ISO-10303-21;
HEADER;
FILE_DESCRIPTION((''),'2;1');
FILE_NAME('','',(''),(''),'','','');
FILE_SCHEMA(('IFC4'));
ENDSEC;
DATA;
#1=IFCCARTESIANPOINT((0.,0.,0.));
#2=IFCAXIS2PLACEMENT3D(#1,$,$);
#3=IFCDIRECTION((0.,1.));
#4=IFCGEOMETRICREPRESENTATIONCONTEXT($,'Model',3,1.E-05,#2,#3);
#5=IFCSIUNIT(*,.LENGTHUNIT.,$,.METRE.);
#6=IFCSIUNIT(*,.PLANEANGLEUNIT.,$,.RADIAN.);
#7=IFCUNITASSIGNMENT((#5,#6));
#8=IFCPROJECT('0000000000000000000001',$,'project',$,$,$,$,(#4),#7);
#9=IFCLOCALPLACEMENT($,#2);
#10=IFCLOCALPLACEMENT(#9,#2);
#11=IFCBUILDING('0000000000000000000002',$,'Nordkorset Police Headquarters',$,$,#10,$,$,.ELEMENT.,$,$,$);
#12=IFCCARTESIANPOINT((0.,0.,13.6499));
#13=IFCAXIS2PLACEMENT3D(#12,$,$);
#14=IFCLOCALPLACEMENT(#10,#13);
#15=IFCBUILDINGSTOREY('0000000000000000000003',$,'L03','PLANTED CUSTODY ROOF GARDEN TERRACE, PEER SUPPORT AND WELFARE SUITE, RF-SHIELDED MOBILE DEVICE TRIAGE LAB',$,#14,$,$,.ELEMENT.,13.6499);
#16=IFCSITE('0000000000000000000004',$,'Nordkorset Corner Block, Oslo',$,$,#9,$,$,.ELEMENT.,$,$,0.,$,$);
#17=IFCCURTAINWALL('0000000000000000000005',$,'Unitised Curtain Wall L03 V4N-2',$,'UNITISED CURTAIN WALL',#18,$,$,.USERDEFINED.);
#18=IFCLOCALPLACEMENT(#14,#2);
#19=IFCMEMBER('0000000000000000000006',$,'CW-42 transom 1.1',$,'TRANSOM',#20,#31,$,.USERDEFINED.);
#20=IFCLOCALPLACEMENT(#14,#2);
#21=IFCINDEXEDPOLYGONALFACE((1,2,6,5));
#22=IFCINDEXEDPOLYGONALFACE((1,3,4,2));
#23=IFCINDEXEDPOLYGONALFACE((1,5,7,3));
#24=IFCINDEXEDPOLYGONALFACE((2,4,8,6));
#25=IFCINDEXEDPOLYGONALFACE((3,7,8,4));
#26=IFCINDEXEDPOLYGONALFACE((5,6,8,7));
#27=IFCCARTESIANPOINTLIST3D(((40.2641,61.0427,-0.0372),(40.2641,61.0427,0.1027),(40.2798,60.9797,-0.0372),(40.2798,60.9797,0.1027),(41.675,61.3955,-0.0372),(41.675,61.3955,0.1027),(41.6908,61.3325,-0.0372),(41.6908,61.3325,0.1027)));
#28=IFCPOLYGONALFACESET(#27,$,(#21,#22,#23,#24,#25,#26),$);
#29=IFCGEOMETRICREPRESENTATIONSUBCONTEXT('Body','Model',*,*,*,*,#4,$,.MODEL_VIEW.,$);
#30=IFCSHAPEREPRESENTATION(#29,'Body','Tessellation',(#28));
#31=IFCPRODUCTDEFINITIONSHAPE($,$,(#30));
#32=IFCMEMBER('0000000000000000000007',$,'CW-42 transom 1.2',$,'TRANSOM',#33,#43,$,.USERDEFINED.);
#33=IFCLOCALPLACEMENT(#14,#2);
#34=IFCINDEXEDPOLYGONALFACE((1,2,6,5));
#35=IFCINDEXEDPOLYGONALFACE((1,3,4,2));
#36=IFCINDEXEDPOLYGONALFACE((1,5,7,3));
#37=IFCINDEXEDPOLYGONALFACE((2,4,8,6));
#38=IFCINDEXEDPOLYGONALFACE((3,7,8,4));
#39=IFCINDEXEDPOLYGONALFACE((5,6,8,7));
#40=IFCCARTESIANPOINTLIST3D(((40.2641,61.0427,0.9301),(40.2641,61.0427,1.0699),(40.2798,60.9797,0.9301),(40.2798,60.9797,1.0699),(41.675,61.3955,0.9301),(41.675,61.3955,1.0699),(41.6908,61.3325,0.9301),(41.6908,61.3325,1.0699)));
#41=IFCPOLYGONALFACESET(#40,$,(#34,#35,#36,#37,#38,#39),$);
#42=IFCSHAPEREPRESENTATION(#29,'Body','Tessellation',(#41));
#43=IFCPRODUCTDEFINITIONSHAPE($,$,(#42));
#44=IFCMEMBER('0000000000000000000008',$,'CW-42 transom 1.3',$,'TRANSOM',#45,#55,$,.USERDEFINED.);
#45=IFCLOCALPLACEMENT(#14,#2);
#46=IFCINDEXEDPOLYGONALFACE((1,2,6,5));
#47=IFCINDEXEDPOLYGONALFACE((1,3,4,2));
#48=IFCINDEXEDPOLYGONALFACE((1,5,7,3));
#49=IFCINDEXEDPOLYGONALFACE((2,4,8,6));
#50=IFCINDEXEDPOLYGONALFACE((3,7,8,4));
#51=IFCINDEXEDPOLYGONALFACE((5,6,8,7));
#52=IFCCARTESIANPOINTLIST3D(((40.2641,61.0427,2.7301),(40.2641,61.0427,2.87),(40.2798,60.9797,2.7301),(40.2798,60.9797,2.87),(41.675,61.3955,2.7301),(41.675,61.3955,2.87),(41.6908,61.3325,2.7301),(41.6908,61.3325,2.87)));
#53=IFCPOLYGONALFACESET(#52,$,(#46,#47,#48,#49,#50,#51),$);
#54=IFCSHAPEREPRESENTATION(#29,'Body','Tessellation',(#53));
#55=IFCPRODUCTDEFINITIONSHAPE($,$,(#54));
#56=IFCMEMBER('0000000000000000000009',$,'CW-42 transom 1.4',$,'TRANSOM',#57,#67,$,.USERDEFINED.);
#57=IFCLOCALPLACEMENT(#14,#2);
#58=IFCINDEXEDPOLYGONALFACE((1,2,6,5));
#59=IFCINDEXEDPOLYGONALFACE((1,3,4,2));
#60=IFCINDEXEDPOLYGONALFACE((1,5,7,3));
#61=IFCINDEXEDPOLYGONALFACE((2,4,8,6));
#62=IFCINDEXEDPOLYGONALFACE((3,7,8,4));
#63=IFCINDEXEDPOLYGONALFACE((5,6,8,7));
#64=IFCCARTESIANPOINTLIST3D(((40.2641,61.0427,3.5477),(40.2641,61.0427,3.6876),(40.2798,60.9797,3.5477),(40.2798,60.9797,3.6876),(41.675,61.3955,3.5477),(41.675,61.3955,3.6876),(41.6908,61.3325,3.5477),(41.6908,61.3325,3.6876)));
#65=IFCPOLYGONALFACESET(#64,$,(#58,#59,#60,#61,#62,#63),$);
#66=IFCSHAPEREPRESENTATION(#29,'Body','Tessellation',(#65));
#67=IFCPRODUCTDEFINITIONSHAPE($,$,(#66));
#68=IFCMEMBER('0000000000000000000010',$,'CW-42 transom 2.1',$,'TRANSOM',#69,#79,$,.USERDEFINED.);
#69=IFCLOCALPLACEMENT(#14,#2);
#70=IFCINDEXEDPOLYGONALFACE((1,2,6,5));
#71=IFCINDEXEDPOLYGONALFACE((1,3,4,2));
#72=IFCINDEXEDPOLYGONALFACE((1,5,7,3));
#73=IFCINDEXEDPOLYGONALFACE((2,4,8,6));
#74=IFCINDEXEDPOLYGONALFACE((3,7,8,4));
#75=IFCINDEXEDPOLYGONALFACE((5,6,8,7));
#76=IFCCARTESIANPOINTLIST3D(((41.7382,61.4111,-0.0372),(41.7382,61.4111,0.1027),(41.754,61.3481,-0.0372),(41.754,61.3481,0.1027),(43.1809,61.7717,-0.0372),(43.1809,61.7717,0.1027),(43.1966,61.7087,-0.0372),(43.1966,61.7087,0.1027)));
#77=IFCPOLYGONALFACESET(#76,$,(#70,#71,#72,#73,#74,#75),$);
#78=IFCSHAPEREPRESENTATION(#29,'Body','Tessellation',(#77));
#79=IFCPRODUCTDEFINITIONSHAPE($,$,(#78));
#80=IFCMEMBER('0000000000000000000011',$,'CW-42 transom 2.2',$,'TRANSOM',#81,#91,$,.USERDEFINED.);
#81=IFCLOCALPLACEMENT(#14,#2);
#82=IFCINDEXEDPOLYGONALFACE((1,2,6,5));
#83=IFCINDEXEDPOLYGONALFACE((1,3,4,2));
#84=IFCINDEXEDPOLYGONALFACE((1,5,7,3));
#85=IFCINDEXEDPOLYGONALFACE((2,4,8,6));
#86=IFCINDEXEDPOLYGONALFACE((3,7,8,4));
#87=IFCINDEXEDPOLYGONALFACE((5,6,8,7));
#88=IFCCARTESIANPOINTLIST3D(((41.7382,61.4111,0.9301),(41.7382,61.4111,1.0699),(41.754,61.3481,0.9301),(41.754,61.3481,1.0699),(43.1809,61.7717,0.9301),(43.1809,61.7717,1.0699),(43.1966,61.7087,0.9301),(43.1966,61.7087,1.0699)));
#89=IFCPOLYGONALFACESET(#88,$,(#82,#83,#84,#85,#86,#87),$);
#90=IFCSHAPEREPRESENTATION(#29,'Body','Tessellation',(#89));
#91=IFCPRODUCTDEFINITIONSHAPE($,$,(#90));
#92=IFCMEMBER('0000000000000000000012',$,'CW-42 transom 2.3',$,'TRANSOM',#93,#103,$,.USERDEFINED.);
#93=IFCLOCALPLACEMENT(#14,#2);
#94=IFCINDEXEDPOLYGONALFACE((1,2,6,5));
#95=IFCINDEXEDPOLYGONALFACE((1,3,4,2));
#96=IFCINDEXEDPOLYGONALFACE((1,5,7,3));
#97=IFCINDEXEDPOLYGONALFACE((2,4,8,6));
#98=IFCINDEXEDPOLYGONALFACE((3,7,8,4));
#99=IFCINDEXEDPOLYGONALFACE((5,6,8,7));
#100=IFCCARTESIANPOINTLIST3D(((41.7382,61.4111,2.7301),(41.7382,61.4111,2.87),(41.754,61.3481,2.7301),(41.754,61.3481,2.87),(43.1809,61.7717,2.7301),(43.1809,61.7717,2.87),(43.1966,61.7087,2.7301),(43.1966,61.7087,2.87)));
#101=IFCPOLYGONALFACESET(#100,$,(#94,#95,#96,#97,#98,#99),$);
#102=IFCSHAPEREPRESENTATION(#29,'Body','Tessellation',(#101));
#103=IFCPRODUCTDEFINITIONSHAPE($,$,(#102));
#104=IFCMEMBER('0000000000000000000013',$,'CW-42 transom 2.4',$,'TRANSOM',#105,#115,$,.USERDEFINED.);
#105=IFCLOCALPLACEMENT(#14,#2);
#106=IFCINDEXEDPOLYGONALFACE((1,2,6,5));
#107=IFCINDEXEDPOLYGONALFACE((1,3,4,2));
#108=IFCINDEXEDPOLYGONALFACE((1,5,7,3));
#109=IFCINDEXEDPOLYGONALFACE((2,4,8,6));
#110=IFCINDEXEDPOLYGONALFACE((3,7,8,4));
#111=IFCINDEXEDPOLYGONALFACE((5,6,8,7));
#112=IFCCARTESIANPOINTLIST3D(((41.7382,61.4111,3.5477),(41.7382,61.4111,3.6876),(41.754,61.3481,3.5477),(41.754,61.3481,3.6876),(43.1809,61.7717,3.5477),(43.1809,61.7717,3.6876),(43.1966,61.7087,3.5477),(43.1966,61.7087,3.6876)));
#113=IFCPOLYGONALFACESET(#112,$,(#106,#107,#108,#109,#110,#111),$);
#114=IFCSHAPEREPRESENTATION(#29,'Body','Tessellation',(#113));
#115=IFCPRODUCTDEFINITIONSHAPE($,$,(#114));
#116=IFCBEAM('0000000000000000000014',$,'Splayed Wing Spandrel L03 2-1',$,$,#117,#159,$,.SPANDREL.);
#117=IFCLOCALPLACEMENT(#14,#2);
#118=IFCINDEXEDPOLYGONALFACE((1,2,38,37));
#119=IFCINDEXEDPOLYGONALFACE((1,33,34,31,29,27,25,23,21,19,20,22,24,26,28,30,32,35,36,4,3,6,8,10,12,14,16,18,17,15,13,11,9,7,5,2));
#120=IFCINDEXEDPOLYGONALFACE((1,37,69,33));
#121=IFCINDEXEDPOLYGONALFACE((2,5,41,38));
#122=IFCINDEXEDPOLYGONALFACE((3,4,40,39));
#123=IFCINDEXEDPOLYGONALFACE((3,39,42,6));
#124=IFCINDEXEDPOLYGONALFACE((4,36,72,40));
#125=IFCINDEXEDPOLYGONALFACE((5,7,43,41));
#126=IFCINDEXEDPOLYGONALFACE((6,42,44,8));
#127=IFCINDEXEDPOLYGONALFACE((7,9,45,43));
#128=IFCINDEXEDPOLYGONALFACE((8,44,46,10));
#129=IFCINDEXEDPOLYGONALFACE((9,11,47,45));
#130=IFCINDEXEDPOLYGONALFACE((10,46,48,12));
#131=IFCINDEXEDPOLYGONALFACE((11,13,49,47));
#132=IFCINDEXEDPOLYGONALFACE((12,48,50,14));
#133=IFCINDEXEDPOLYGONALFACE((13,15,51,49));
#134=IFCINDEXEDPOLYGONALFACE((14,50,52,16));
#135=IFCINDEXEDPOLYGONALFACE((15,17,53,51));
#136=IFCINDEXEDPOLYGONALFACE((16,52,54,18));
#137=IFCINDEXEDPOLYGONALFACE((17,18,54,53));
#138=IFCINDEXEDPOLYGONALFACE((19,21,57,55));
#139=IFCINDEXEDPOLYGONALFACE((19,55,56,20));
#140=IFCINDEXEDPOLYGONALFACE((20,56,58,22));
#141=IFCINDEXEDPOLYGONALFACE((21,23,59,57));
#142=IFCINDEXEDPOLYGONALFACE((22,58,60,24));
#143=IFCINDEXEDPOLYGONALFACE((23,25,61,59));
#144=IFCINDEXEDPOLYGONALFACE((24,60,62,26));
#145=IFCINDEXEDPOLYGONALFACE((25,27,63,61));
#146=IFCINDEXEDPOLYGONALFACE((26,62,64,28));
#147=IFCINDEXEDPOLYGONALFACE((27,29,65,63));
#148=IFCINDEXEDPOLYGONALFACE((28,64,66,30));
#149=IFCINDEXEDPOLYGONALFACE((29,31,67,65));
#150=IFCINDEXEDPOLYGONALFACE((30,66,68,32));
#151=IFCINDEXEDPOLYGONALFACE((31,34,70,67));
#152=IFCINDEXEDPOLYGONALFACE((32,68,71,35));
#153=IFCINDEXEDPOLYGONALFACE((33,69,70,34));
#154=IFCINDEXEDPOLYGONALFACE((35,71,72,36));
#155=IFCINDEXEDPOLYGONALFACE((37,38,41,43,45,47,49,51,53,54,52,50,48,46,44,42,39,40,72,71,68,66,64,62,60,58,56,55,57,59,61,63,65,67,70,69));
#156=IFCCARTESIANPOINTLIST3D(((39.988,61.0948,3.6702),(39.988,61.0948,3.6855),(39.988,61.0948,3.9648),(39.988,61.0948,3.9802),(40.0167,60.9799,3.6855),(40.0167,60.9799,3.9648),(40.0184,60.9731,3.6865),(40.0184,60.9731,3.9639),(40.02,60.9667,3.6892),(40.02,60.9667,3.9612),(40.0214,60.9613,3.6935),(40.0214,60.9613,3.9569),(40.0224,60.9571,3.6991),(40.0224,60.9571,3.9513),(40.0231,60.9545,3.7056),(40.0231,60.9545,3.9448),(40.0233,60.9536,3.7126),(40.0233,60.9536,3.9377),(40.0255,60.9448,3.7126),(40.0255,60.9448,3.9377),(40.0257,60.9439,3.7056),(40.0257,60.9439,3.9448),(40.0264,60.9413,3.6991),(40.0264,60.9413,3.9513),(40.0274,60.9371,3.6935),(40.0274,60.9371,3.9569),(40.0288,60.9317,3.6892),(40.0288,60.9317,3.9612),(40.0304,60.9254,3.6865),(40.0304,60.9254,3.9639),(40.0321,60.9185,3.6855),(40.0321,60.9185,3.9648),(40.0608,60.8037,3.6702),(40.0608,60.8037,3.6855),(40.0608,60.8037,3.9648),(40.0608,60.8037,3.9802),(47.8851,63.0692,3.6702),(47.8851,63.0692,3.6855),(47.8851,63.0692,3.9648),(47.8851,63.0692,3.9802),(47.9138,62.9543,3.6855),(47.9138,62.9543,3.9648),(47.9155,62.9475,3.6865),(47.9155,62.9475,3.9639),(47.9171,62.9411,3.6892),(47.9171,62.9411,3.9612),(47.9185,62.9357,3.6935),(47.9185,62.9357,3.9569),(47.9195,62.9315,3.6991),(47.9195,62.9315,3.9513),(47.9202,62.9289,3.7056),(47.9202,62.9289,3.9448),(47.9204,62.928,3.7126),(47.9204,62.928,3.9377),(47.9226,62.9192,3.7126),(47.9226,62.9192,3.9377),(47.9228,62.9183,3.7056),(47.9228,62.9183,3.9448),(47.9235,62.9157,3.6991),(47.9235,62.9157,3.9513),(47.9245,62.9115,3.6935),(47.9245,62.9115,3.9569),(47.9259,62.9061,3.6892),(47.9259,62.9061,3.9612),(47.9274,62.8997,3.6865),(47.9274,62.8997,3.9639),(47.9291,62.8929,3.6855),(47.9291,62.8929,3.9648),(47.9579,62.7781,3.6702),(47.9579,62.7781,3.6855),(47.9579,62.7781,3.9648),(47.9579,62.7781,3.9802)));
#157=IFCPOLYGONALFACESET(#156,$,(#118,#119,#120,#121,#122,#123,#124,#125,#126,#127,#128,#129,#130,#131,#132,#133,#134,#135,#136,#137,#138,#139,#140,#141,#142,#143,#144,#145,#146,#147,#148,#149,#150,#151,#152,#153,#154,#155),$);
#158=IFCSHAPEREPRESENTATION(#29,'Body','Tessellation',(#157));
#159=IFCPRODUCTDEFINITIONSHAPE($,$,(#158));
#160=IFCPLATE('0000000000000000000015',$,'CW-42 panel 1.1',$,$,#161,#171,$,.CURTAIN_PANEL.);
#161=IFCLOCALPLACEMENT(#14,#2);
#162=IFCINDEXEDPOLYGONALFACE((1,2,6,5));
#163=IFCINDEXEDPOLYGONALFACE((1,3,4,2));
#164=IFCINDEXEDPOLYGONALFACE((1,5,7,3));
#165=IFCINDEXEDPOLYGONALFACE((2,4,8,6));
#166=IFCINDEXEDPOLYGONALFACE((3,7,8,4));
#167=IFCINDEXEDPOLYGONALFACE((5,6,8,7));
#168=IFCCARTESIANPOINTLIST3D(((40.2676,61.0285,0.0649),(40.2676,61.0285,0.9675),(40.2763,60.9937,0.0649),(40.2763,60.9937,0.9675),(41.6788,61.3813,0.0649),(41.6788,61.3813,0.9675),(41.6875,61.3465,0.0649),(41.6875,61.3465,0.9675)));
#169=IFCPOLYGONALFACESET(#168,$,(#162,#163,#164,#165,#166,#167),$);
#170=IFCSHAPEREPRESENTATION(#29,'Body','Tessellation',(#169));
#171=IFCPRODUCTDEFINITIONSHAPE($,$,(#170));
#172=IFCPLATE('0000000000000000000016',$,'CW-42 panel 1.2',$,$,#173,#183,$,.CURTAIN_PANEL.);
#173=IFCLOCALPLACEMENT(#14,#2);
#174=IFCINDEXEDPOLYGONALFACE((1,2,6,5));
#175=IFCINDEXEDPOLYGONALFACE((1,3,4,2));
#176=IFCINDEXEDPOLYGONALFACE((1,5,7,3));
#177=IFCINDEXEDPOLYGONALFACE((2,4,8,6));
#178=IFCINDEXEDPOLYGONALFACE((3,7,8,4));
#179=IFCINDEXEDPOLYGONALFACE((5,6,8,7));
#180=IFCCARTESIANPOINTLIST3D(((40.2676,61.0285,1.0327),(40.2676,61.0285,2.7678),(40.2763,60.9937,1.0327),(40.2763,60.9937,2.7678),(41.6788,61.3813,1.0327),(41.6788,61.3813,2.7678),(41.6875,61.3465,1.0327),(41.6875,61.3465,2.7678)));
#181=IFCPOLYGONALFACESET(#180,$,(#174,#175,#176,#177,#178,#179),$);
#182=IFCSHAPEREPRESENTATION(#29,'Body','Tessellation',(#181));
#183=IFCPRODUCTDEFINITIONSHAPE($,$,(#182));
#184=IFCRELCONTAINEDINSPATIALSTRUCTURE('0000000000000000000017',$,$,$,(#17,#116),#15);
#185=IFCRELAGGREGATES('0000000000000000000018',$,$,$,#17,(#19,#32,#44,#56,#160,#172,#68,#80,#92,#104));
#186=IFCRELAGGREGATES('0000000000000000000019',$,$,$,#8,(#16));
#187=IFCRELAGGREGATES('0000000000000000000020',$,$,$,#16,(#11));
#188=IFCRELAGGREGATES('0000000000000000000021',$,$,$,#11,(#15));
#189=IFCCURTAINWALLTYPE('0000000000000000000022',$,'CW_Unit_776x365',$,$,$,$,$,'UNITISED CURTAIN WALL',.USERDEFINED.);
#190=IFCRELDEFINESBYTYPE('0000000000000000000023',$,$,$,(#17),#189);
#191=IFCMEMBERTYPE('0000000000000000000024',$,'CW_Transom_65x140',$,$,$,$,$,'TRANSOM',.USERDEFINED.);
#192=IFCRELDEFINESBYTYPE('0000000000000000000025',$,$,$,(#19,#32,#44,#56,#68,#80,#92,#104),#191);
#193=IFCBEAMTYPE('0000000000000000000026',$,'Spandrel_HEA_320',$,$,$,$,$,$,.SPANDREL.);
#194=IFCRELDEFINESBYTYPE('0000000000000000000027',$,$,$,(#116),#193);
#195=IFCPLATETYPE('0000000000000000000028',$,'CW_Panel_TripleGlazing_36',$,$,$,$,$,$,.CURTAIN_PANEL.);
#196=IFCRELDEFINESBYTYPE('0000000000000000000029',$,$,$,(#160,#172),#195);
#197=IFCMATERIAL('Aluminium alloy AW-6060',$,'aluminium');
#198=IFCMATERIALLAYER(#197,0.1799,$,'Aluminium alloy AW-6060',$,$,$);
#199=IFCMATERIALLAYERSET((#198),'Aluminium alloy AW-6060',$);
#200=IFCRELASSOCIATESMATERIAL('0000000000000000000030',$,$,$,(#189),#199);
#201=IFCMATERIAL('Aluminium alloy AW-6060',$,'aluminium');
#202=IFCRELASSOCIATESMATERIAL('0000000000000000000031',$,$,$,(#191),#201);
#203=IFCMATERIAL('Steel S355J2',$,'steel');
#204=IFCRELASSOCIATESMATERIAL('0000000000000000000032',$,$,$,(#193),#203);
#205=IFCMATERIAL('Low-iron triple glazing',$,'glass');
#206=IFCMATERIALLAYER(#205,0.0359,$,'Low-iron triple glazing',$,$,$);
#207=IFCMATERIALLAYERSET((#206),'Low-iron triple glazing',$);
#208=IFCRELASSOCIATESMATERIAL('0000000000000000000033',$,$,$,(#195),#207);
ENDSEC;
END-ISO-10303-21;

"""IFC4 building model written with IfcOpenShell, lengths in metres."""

from ifc_helpers import new_model, si_unit, direction, frame, origin, origin_2d, place, context, subcontext, project, spatial, rectangle, i_section, extrude, material, layer, layer_set, material_profile, profile_set, type_object, element, aggregate, save


model = new_model("IFC4")

# Units and contexts
model_context = context("Model", 3, precision=1e-05, world=origin(), true_north=direction((0.0, 1.0)))
body_context = subcontext(model_context, "Body", "Model", "MODEL_VIEW")
ifc_project = project(units=[si_unit("LENGTHUNIT", "METRE"), si_unit("PLANEANGLEUNIT", "RADIAN")], contexts=[model_context])

# Site, building, storey
site_placement = place(None, origin())
site = spatial("IfcSite", under=ifc_project, at=site_placement, Name="Nordkorset Corner Block, Oslo", CompositionType="ELEMENT", RefElevation=0.0)
building_placement = place(site_placement, origin())
building = spatial("IfcBuilding", under=site, at=building_placement, Name="Nordkorset Police Headquarters", CompositionType="ELEMENT")
storey_placement = place(building_placement, frame((0.0, 0.0, 13.6499)))
storey = spatial("IfcBuildingStorey", under=building, at=storey_placement, Name="L03", Description="PLANTED CUSTODY ROOF GARDEN TERRACE, PEER SUPPORT AND WELFARE SUITE, RF-SHIELDED MOBILE DEVICE TRIAGE LAB", CompositionType="ELEMENT", Elevation=13.6499)

# Curtain wall, members
ifc_material_1 = material(Name="Aluminium alloy AW-6060", Category="aluminium")
ifc_layer_1 = layer(ifc_material_1, 0.1799, Name="Aluminium alloy AW-6060")
ifc_layer_set_1 = layer_set([ifc_layer_1], Name="Aluminium alloy AW-6060")
curtain_wall_type_1 = type_object("IfcCurtainWallType", Name="CW_Unit_776x365", ElementType="UNITISED CURTAIN WALL", PredefinedType="USERDEFINED", material=ifc_layer_set_1)
curtain_wall_1_placement = place(storey_placement, origin())
curtain_wall_1 = element("IfcCurtainWall", 1, at=curtain_wall_1_placement, inside=storey, type_object=curtain_wall_type_1, Name="Unitised Curtain Wall L03 V4N-2", ObjectType="UNITISED CURTAIN WALL", PredefinedType="USERDEFINED")
ifc_material_2 = material(Name="Aluminium alloy AW-6060", Category="aluminium")
ifc_material_profile_1 = material_profile(ifc_material_2, rectangle(XDim=0.0649, YDim=0.1399, at=origin_2d()), Name="ALU TRAN 65x140")
ifc_profile_set_1 = profile_set([ifc_material_profile_1], Name="Aluminium alloy AW-6060")
member_type_1 = type_object("IfcMemberType", Name="CW_Transom_65x140", ElementType="TRANSOM", PredefinedType="USERDEFINED", material=ifc_profile_set_1)
member_1_placement = place(storey_placement, frame((40.272, 61.0112, 0.0327), z_axis=(0.970133, 0.242575, 0.0), x_axis=(-0.242575, 0.970133, 0.0)))
member_1 = element("IfcMember", 2, at=member_1_placement, type_object=member_type_1, Name="CW-42 transom 1.1", ObjectType="TRANSOM", PredefinedType="USERDEFINED", context=body_context, shape_type="SweptSolid", body=[
    extrude(rectangle(XDim=0.0649, YDim=0.1399, at=origin_2d()), origin(), (0.0, 0.0, 1.0), 1.4543),
])
member_2_placement = place(storey_placement, frame((40.272, 61.0112, 1.0), z_axis=(0.970133, 0.242575, 0.0), x_axis=(-0.242575, 0.970133, 0.0)))
member_2 = element("IfcMember", 3, at=member_2_placement, type_object=member_type_1, Name="CW-42 transom 1.2", ObjectType="TRANSOM", PredefinedType="USERDEFINED", context=body_context, shape_type="SweptSolid", body=[
    extrude(rectangle(XDim=0.0649, YDim=0.1399, at=origin_2d()), origin(), (0.0, 0.0, 1.0), 1.4543),
])
member_3_placement = place(storey_placement, frame((40.272, 61.0112, 2.8), z_axis=(0.970133, 0.242575, 0.0), x_axis=(-0.242575, 0.970133, 0.0)))
member_3 = element("IfcMember", 4, at=member_3_placement, type_object=member_type_1, Name="CW-42 transom 1.3", ObjectType="TRANSOM", PredefinedType="USERDEFINED", context=body_context, shape_type="SweptSolid", body=[
    extrude(rectangle(XDim=0.0649, YDim=0.1399, at=origin_2d()), origin(), (0.0, 0.0, 1.0), 1.4543),
])
member_4_placement = place(storey_placement, frame((40.272, 61.0112, 3.6177), z_axis=(0.970133, 0.242575, 0.0), x_axis=(-0.242575, 0.970133, 0.0)))
member_4 = element("IfcMember", 5, at=member_4_placement, type_object=member_type_1, Name="CW-42 transom 1.4", ObjectType="TRANSOM", PredefinedType="USERDEFINED", context=body_context, shape_type="SweptSolid", body=[
    extrude(rectangle(XDim=0.0649, YDim=0.1399, at=origin_2d()), origin(), (0.0, 0.0, 1.0), 1.4543),
])
member_5_placement = place(storey_placement, frame((41.7461, 61.3796, 0.0327), z_axis=(0.970152, 0.242497, 0.0), x_axis=(-0.242497, 0.970152, 0.0)))
member_5 = element("IfcMember", 6, at=member_5_placement, type_object=member_type_1, Name="CW-42 transom 2.1", ObjectType="TRANSOM", PredefinedType="USERDEFINED", context=body_context, shape_type="SweptSolid", body=[
    extrude(rectangle(XDim=0.0649, YDim=0.1399, at=origin_2d()), origin(), (0.0, 0.0, 1.0), 1.4871),
])
member_6_placement = place(storey_placement, frame((41.7461, 61.3796, 1.0), z_axis=(0.970152, 0.242497, 0.0), x_axis=(-0.242497, 0.970152, 0.0)))
member_6 = element("IfcMember", 7, at=member_6_placement, type_object=member_type_1, Name="CW-42 transom 2.2", ObjectType="TRANSOM", PredefinedType="USERDEFINED", context=body_context, shape_type="SweptSolid", body=[
    extrude(rectangle(XDim=0.0649, YDim=0.1399, at=origin_2d()), origin(), (0.0, 0.0, 1.0), 1.4871),
])
member_7_placement = place(storey_placement, frame((41.7461, 61.3796, 2.8), z_axis=(0.970152, 0.242497, 0.0), x_axis=(-0.242497, 0.970152, 0.0)))
member_7 = element("IfcMember", 8, at=member_7_placement, type_object=member_type_1, Name="CW-42 transom 2.3", ObjectType="TRANSOM", PredefinedType="USERDEFINED", context=body_context, shape_type="SweptSolid", body=[
    extrude(rectangle(XDim=0.0649, YDim=0.1399, at=origin_2d()), origin(), (0.0, 0.0, 1.0), 1.4871),
])
member_8_placement = place(storey_placement, frame((41.7461, 61.3796, 3.6177), z_axis=(0.970152, 0.242497, 0.0), x_axis=(-0.242497, 0.970152, 0.0)))
member_8 = element("IfcMember", 9, at=member_8_placement, type_object=member_type_1, Name="CW-42 transom 2.4", ObjectType="TRANSOM", PredefinedType="USERDEFINED", context=body_context, shape_type="SweptSolid", body=[
    extrude(rectangle(XDim=0.0649, YDim=0.1399, at=origin_2d()), origin(), (0.0, 0.0, 1.0), 1.4871),
])

# Beam
ifc_material_3 = material(Name="Steel S355J2", Category="steel")
ifc_material_profile_2 = material_profile(ifc_material_3, i_section(OverallWidth=0.3, OverallDepth=0.3101, WebThickness=0.009, FlangeThickness=0.0154, FilletRadius=0.0271, at=origin_2d()), Name="HEA 320")
ifc_profile_set_2 = profile_set([ifc_material_profile_2], Name="Steel S355J2")
beam_type_1 = type_object("IfcBeamType", Name="Spandrel_HEA_320", PredefinedType="SPANDREL", material=ifc_profile_set_2)
beam_placement = place(storey_placement, frame((40.0244, 60.9492, 3.8252), z_axis=(0.970139, 0.24255, 0.0), x_axis=(-0.24255, 0.970139, 0.0)))
element("IfcBeam", 10, at=beam_placement, inside=storey, type_object=beam_type_1, Name="Splayed Wing Spandrel L03 2-1", PredefinedType="SPANDREL", context=body_context, shape_type="SweptSolid", body=[
    extrude(i_section(OverallWidth=0.3, OverallDepth=0.3101, WebThickness=0.009, FlangeThickness=0.0154, FilletRadius=0.0271, at=origin_2d()), origin(), (0.0, 0.0, 1.0), 8.1401),
])

# Plates
ifc_material_4 = material(Name="Low-iron triple glazing", Category="glass")
ifc_layer_2 = layer(ifc_material_4, 0.0359, Name="Low-iron triple glazing")
ifc_layer_set_2 = layer_set([ifc_layer_2], Name="Low-iron triple glazing")
plate_type = type_object("IfcPlateType", Name="CW_Panel_TripleGlazing_36", PredefinedType="CURTAIN_PANEL", material=ifc_layer_set_2)
plate_1_placement = place(storey_placement, frame((40.9775, 61.1875, 0.0649), z_axis=(0.0, 0.0, 1.0), x_axis=(0.970142, 0.242536, 0.0)))
plate_1 = element("IfcPlate", 11, at=plate_1_placement, type_object=plate_type, Name="CW-42 panel 1.1", PredefinedType="CURTAIN_PANEL", context=body_context, shape_type="SweptSolid", body=[
    extrude(rectangle(XDim=1.4546, YDim=0.0359, at=origin_2d()), origin(), (0.0, 0.0, 1.0), 0.9026),
])
plate_2_placement = place(storey_placement, frame((40.9775, 61.1875, 1.0327), z_axis=(0.0, 0.0, 1.0), x_axis=(0.970142, 0.242536, 0.0)))
plate_2 = element("IfcPlate", 12, at=plate_2_placement, type_object=plate_type, Name="CW-42 panel 1.2", PredefinedType="CURTAIN_PANEL", context=body_context, shape_type="SweptSolid", body=[
    extrude(rectangle(XDim=1.4546, YDim=0.0359, at=origin_2d()), origin(), (0.0, 0.0, 1.0), 1.7351),
])
aggregate(curtain_wall_1, [member_1, member_2, member_3, member_4, plate_1, plate_2, member_5, member_6, member_7, member_8])

save(model, "model.ifc")
